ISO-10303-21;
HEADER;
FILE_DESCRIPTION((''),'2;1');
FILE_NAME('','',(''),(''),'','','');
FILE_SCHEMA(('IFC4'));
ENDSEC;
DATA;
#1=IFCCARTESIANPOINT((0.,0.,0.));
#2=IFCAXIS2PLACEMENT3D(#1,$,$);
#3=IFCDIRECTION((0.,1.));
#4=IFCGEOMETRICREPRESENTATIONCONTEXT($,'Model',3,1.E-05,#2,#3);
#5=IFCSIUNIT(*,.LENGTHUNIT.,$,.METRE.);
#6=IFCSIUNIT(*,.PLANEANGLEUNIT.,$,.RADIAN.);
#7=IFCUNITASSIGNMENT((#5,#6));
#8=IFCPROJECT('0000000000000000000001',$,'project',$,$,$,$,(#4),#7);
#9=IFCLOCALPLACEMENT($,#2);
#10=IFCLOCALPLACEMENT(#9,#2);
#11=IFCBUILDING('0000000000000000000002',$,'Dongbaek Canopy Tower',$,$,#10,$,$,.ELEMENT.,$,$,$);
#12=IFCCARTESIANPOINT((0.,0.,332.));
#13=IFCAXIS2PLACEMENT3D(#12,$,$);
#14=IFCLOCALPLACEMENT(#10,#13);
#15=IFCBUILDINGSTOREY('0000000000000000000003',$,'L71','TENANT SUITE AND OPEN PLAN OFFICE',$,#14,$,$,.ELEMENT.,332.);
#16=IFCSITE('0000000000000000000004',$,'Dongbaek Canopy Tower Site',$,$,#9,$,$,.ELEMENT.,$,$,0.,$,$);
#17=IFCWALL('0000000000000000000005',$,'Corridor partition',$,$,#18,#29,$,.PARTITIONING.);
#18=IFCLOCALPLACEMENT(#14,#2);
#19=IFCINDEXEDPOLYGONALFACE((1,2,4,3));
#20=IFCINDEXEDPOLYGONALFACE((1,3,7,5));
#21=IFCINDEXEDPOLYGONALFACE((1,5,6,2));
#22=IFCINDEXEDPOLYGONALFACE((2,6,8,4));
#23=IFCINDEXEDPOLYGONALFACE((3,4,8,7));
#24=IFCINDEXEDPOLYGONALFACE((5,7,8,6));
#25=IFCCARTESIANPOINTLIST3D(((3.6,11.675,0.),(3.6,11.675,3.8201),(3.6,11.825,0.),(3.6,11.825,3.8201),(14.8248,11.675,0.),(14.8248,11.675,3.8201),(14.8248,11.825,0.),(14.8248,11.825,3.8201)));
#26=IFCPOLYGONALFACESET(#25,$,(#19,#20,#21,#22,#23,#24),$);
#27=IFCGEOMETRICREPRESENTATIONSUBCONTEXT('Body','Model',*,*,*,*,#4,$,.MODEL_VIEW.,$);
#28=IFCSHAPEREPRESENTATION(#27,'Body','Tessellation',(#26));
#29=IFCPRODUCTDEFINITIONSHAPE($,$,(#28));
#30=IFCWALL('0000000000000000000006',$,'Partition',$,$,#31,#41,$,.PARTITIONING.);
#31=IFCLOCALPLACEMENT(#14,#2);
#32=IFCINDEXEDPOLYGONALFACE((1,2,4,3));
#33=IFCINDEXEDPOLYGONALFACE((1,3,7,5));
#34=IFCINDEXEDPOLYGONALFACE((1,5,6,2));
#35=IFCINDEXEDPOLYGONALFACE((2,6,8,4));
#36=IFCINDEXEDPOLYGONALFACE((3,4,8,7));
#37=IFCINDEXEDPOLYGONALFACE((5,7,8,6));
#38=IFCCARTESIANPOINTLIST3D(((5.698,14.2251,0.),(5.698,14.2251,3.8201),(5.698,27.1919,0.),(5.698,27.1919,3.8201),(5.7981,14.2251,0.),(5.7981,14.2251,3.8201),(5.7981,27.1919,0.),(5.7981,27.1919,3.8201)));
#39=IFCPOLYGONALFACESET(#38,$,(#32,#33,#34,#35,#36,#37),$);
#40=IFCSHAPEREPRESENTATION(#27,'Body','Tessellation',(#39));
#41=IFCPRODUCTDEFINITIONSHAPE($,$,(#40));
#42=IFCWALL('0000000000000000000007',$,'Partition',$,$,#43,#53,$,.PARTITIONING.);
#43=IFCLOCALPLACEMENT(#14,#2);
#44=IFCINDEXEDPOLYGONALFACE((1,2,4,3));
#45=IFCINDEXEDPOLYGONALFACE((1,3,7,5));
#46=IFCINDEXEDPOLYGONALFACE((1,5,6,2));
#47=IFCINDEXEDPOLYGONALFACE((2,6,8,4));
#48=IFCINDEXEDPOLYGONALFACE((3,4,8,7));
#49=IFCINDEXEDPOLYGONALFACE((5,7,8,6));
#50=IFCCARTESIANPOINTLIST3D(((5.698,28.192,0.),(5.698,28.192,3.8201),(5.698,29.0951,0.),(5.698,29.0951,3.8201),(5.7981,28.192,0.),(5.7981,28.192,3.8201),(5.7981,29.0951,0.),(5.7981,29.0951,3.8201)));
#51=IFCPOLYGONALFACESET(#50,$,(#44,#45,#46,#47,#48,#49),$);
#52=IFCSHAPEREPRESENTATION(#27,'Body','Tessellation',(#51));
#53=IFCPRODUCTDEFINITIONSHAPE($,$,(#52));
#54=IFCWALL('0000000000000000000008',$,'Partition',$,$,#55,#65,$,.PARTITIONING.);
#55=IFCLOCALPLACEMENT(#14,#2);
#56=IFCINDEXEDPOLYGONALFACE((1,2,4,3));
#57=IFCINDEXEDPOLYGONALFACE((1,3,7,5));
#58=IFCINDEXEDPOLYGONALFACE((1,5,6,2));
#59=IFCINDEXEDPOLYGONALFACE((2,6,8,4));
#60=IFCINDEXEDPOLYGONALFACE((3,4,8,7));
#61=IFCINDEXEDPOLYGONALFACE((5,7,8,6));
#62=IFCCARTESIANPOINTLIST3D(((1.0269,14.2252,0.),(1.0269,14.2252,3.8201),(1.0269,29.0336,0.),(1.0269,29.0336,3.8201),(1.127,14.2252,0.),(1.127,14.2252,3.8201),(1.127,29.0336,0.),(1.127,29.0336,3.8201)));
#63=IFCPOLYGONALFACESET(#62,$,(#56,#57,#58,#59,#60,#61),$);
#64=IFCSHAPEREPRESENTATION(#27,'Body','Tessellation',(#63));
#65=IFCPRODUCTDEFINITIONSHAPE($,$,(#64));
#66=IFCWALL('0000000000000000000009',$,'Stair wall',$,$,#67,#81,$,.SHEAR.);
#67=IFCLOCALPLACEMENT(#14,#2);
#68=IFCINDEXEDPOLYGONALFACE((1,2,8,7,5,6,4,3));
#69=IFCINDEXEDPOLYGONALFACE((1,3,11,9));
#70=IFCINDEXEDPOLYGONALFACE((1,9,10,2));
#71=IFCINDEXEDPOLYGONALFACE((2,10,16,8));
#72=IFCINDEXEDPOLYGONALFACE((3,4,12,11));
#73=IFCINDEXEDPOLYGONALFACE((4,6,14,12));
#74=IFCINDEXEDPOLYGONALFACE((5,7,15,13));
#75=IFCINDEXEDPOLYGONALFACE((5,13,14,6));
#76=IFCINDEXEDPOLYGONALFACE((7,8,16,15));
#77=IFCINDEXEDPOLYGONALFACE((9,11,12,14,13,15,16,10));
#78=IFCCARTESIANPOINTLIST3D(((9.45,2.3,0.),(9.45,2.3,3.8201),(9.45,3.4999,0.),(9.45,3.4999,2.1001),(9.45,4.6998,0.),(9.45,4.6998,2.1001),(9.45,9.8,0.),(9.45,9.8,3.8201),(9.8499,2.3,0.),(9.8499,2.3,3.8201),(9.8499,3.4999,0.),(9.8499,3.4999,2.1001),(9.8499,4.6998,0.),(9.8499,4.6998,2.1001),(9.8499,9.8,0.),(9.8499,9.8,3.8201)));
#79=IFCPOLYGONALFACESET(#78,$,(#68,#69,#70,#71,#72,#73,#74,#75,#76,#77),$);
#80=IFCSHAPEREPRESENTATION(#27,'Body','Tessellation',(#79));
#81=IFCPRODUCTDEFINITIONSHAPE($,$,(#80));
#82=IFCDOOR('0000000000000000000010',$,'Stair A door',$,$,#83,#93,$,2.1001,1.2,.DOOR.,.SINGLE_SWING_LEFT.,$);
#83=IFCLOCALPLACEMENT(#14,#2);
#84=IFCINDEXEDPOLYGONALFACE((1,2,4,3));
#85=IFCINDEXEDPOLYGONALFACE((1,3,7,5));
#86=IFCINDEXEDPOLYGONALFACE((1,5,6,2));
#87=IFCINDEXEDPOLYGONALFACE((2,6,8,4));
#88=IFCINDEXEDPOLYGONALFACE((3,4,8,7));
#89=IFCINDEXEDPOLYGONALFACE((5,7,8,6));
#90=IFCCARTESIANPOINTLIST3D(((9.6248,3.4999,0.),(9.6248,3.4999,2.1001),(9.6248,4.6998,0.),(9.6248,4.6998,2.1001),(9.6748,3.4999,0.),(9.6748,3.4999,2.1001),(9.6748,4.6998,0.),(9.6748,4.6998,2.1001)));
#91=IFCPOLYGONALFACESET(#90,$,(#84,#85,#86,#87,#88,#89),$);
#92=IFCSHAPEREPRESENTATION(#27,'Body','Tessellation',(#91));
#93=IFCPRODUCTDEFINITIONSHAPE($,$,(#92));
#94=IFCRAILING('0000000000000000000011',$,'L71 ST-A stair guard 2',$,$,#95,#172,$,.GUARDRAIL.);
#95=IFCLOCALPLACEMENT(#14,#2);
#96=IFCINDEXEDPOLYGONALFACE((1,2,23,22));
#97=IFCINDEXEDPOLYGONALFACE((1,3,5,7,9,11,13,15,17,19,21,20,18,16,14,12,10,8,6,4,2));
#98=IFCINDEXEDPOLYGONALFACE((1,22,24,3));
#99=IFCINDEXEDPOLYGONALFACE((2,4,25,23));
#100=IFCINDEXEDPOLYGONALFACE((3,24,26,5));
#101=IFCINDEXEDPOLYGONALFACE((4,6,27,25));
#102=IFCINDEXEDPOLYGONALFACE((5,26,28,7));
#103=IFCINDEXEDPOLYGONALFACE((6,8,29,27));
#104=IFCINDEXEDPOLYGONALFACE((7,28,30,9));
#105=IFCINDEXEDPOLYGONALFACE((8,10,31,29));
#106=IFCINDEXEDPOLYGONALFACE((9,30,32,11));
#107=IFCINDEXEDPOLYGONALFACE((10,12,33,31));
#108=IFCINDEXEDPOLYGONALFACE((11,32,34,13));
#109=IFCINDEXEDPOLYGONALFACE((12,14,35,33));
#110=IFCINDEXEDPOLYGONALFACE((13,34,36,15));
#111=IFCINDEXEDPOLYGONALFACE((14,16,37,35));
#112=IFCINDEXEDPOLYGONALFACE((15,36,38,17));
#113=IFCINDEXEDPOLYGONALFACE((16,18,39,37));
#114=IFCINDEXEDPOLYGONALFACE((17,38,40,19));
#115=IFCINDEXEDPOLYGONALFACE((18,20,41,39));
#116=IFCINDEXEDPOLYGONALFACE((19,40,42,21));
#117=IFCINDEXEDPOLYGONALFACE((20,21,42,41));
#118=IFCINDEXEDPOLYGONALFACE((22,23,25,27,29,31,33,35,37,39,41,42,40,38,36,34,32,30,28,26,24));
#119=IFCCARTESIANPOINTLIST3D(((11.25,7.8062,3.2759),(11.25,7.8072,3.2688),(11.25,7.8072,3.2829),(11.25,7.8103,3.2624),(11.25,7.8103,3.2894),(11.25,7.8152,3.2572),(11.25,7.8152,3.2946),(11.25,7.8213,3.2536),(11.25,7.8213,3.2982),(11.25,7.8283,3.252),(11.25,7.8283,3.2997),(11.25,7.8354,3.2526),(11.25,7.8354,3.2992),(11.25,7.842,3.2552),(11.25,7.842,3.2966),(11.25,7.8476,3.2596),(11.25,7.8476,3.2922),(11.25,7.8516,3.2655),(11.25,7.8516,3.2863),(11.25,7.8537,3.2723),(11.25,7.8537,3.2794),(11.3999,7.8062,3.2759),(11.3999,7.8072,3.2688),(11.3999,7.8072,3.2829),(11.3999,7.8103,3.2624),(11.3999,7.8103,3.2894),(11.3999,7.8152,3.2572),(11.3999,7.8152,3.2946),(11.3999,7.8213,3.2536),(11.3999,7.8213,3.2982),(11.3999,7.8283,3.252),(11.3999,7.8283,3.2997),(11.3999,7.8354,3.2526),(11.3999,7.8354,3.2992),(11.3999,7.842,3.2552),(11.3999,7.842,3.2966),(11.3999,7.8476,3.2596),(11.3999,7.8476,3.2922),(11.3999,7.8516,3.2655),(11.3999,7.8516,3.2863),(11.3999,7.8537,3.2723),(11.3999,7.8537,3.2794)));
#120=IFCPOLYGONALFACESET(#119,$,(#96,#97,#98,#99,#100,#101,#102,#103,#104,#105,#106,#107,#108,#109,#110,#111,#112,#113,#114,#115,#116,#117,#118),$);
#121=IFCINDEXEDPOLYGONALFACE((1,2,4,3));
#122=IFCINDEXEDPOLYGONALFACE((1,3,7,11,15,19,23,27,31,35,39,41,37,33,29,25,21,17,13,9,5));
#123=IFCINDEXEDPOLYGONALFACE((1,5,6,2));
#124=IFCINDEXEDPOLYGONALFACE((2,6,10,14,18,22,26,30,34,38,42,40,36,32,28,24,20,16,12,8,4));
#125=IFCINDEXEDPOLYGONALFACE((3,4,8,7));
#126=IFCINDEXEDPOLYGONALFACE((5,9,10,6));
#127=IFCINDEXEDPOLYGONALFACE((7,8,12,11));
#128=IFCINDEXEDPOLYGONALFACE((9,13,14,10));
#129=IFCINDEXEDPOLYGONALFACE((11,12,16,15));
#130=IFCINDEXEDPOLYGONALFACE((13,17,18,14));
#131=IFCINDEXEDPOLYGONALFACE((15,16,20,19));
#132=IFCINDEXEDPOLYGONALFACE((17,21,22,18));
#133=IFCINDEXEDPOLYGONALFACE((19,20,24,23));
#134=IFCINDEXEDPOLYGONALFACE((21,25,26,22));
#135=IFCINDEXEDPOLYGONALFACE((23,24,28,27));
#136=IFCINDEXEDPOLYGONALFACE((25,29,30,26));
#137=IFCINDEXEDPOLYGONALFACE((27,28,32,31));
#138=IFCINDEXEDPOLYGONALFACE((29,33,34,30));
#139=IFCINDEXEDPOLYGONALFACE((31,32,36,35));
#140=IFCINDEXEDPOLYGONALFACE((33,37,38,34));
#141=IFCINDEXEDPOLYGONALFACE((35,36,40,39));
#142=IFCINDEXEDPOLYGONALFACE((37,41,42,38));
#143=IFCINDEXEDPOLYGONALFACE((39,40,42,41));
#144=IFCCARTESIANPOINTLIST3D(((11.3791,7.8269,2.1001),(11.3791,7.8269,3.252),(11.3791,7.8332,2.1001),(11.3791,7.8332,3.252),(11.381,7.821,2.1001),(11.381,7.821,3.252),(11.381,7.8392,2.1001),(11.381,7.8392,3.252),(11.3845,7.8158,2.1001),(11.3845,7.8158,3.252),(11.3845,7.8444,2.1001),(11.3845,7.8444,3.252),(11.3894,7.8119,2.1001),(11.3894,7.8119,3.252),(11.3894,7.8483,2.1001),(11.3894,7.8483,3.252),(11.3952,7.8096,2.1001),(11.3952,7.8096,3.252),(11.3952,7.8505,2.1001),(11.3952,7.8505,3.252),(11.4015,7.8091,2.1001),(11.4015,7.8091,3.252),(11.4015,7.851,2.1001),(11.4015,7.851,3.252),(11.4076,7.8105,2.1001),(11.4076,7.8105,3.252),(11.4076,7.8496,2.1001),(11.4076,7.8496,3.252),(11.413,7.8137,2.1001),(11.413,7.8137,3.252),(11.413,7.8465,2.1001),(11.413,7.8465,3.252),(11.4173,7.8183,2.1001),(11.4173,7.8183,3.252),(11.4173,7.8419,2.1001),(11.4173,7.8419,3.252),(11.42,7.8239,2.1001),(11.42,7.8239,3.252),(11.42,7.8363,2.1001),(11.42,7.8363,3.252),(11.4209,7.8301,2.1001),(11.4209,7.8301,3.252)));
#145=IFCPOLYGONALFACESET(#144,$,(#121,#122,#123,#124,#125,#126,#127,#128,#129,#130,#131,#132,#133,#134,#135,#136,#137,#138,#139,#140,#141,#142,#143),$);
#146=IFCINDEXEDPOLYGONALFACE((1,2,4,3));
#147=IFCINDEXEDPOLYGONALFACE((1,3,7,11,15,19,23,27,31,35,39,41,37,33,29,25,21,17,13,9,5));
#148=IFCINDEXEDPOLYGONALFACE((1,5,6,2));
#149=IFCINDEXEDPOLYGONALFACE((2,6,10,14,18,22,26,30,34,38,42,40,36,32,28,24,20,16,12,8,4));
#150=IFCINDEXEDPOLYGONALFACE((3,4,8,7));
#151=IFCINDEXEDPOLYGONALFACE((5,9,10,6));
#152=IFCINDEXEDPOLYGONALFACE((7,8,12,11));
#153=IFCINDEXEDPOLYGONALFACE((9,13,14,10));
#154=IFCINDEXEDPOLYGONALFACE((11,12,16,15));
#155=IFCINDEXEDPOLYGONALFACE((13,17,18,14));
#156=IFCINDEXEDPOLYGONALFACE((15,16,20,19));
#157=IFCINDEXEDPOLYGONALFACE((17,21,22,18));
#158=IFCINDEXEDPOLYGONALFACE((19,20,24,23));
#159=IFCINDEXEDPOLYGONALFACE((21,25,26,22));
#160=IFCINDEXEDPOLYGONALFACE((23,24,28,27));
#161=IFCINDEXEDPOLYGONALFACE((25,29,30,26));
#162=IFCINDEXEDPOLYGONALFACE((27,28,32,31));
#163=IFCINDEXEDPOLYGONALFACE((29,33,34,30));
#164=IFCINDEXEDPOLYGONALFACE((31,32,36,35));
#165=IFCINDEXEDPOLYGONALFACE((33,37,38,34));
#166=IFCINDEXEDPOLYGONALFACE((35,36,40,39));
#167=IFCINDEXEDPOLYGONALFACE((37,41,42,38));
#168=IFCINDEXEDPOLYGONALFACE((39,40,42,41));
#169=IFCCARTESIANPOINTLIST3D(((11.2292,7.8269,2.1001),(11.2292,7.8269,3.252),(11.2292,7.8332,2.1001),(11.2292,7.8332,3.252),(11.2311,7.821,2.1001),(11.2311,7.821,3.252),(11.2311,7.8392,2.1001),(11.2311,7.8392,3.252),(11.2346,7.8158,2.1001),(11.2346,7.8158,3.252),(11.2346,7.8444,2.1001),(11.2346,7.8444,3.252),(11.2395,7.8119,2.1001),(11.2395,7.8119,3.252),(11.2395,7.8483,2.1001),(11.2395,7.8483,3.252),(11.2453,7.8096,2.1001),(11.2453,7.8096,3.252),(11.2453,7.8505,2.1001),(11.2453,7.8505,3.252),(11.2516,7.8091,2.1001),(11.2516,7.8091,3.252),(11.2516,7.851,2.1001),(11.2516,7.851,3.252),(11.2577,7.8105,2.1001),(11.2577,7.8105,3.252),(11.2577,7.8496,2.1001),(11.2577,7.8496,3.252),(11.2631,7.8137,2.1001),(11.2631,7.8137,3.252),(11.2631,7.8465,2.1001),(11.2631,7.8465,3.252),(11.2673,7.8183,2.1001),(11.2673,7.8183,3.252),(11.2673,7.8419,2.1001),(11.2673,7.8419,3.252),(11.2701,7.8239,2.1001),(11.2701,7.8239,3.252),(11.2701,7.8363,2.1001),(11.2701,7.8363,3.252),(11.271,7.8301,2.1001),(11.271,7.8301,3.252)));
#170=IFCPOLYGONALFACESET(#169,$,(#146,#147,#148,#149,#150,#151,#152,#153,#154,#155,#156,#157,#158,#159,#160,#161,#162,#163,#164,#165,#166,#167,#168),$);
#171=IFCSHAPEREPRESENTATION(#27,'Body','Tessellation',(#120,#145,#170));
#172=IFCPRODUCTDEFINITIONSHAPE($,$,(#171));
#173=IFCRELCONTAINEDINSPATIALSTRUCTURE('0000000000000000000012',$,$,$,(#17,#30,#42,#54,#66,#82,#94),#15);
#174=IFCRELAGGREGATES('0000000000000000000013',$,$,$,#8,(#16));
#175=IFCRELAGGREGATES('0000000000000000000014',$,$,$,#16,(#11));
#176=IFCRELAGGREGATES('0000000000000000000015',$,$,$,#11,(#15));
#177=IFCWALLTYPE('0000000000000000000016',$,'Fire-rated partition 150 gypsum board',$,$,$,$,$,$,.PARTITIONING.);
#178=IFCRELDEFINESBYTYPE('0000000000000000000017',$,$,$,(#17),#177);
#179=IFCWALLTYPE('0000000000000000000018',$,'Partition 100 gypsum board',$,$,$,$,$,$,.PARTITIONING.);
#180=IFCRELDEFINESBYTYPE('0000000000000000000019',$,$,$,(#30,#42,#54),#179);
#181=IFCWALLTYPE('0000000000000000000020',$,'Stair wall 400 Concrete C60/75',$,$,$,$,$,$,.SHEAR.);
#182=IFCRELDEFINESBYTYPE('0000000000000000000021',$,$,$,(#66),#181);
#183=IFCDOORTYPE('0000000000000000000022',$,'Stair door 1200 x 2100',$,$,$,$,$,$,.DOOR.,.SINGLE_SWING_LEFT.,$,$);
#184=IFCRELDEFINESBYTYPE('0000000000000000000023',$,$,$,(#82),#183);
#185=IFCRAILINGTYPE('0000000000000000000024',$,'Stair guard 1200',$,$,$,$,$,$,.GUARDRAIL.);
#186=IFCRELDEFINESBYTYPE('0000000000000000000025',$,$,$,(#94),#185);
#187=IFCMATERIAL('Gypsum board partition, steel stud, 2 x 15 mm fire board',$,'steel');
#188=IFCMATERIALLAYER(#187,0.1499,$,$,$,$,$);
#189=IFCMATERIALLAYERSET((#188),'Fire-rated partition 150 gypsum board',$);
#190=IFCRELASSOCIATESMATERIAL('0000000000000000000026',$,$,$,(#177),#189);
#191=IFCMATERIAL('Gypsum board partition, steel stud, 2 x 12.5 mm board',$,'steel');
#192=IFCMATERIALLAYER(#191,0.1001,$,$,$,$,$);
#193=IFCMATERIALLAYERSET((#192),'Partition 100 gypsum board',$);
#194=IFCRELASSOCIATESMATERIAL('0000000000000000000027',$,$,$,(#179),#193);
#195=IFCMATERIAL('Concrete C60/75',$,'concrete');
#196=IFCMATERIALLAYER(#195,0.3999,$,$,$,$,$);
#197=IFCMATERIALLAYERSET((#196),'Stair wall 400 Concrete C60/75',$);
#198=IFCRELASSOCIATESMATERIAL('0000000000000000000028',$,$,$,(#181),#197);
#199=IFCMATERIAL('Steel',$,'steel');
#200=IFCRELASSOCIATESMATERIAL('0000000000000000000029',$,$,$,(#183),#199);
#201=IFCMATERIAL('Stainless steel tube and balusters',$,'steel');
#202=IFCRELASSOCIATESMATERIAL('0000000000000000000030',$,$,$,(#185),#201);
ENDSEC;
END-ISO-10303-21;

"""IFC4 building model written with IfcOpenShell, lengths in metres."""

from ifc_helpers import new_model, si_unit, direction, frame, frame_2d, origin, origin_2d, place, context, subcontext, project, spatial, rectangle, circle, extrude, material, layer, layer_set, type_object, element, fill, save


model = new_model("IFC4")

# Units and contexts
model_context = context("Model", 3, precision=1e-05, world=origin(), true_north=direction((0.0, 1.0)))
body_context = subcontext(model_context, "Body", "Model", "MODEL_VIEW")
ifc_project = project(units=[si_unit("LENGTHUNIT", "METRE"), si_unit("PLANEANGLEUNIT", "RADIAN")], contexts=[model_context])

# Site, building, storey
site_placement = place(None, origin())
site = spatial("IfcSite", under=ifc_project, at=site_placement, Name="Dongbaek Canopy Tower Site", CompositionType="ELEMENT", RefElevation=0.0)
building_placement = place(site_placement, origin())
building = spatial("IfcBuilding", under=site, at=building_placement, Name="Dongbaek Canopy Tower", CompositionType="ELEMENT")
storey_placement = place(building_placement, frame((0.0, 0.0, 332.0)))
storey = spatial("IfcBuildingStorey", under=building, at=storey_placement, Name="L71", Description="TENANT SUITE AND OPEN PLAN OFFICE", CompositionType="ELEMENT", Elevation=332.0)

# Walls
ifc_material_1 = material(Name="Gypsum board partition, steel stud, 2 x 15 mm fire board", Category="steel")
ifc_layer_1 = layer(ifc_material_1, 0.1499)
ifc_layer_set_1 = layer_set([ifc_layer_1], Name="Fire-rated partition 150 gypsum board")
wall_type_1 = type_object("IfcWallType", Name="Fire-rated partition 150 gypsum board", PredefinedType="PARTITIONING", material=ifc_layer_set_1)
wall_1_placement = place(storey_placement, frame((3.6001, 11.75, 0.0), z_axis=(0.0, 0.0, 1.0), x_axis=(1.0, 0.0, 0.0)))
element("IfcWall", 1, at=wall_1_placement, inside=storey, type_object=wall_type_1, Name="Corridor partition", PredefinedType="PARTITIONING", context=body_context, shape_type="SweptSolid", body=[
    extrude(rectangle(XDim=11.2249, YDim=0.1499, at=frame_2d((5.6123, 0.0))), origin(), (0.0, 0.0, 1.0), 3.8201),
])
ifc_material_2 = material(Name="Gypsum board partition, steel stud, 2 x 12.5 mm board", Category="steel")
ifc_layer_2 = layer(ifc_material_2, 0.1001)
ifc_layer_set_2 = layer_set([ifc_layer_2], Name="Partition 100 gypsum board")
wall_type_2 = type_object("IfcWallType", Name="Partition 100 gypsum board", PredefinedType="PARTITIONING", material=ifc_layer_set_2)
wall_2_placement = place(storey_placement, frame((5.748, 14.2251, 0.0), z_axis=(0.0, 0.0, 1.0), x_axis=(0.0, 1.0, 0.0)))
element("IfcWall", 2, at=wall_2_placement, inside=storey, type_object=wall_type_2, Name="Partition", PredefinedType="PARTITIONING", context=body_context, shape_type="SweptSolid", body=[
    extrude(rectangle(XDim=12.9668, YDim=0.1001, at=frame_2d((6.4834, 0.0))), origin(), (0.0, 0.0, 1.0), 3.8201),
])
wall_3_placement = place(storey_placement, frame((5.748, 28.1919, 0.0), z_axis=(0.0, 0.0, 1.0), x_axis=(0.0, 1.0, 0.0)))
element("IfcWall", 3, at=wall_3_placement, inside=storey, type_object=wall_type_2, Name="Partition", PredefinedType="PARTITIONING", context=body_context, shape_type="SweptSolid", body=[
    extrude(rectangle(XDim=0.9031, YDim=0.1001, at=frame_2d((0.4517, 0.0))), origin(), (0.0, 0.0, 1.0), 3.8201),
])
wall_4_placement = place(storey_placement, frame((1.0769, 14.2251, 0.0), z_axis=(0.0, 0.0, 1.0), x_axis=(0.0, 1.0, 0.0)))
element("IfcWall", 4, at=wall_4_placement, inside=storey, type_object=wall_type_2, Name="Partition", PredefinedType="PARTITIONING", context=body_context, shape_type="SweptSolid", body=[
    extrude(rectangle(XDim=14.8083, YDim=0.1001, at=frame_2d((7.4043, 0.0))), origin(), (0.0, 0.0, 1.0), 3.8201),
])

# Wall, opening, door
ifc_material_3 = material(Name="Concrete C60/75", Category="concrete")
ifc_layer_3 = layer(ifc_material_3, 0.3999)
ifc_layer_set_3 = layer_set([ifc_layer_3], Name="Stair wall 400 Concrete C60/75")
wall_type_3 = type_object("IfcWallType", Name="Stair wall 400 Concrete C60/75", PredefinedType="SHEAR", material=ifc_layer_set_3)
wall_5_placement = place(storey_placement, frame((9.6499, 9.8, 0.0), z_axis=(0.0, 0.0, 1.0), x_axis=(0.0, -1.0, 0.0)))
wall_5 = element("IfcWall", 5, at=wall_5_placement, inside=storey, type_object=wall_type_3, Name="Stair wall", PredefinedType="SHEAR", context=body_context, shape_type="SweptSolid", body=[
    extrude(rectangle(XDim=7.5, YDim=0.3999, at=frame_2d((3.75, 0.0))), origin(), (0.0, 0.0, 1.0), 3.8201),
])
opening_1_placement = place(wall_5_placement, frame((5.1001, 0.0, 0.0)))
opening_1 = element("IfcOpeningElement", 6, at=opening_1_placement, cuts=wall_5, PredefinedType="OPENING", context=body_context, shape_type="SweptSolid", body=[
    extrude(rectangle(XDim=1.2, YDim=2.1001, at=frame_2d((0.6001, 1.05))), frame((0.0, 0.21, 0.0), z_axis=(0.0, -1.0, 0.0), x_axis=(1.0, 0.0, 0.0)), (0.0, 0.0, 1.0), 0.4199),
])
ifc_material_4 = material(Name="Steel", Category="steel")
door_type_1 = type_object("IfcDoorType", Name="Stair door 1200 x 2100", OperationType="SINGLE_SWING_LEFT", PredefinedType="DOOR", material=ifc_material_4)
door_1_placement = place(opening_1_placement, origin())
door_1 = element("IfcDoor", 7, at=door_1_placement, inside=storey, type_object=door_type_1, Name="Stair A door", OperationType="SINGLE_SWING_LEFT", OverallHeight=2.1001, OverallWidth=1.2, PredefinedType="DOOR", context=body_context, shape_type="SweptSolid", body=[
    extrude(rectangle(XDim=1.2, YDim=2.1001, at=frame_2d((0.6001, 1.05))), frame((0.0, 0.0249, 0.0), z_axis=(0.0, -1.0, 0.0), x_axis=(1.0, 0.0, 0.0)), (0.0, 0.0, 1.0), 0.05),
])
fill(opening_1, door_1)

# Railing
ifc_material_5 = material(Name="Stainless steel tube and balusters", Category="steel")
railing_type_1 = type_object("IfcRailingType", Name="Stair guard 1200", PredefinedType="GUARDRAIL", material=ifc_material_5)
railing_1_placement = place(storey_placement, frame((11.3999, 7.8301, 2.1001)))
element("IfcRailing", 8, at=railing_1_placement, inside=storey, type_object=railing_type_1, Name="L71 ST-A stair guard 2", PredefinedType="GUARDRAIL", context=body_context, shape_type="SweptSolid", body=[
    extrude(circle(Radius=0.0239, at=origin_2d()), frame((0.0, 0.0, 1.1758), z_axis=(-1.0, 0.0, 0.0), x_axis=(0.0, -1.0, 0.0)), (0.0, 0.0, 1.0), 0.1499),
    extrude(circle(Radius=0.021, at=origin_2d()), origin(), (0.0, 0.0, 1.0), 1.1519),
    extrude(circle(Radius=0.021, at=origin_2d()), frame((-0.1499, 0.0, 0.0)), (0.0, 0.0, 1.0), 1.1519),
])

save(model, "model.ifc")
